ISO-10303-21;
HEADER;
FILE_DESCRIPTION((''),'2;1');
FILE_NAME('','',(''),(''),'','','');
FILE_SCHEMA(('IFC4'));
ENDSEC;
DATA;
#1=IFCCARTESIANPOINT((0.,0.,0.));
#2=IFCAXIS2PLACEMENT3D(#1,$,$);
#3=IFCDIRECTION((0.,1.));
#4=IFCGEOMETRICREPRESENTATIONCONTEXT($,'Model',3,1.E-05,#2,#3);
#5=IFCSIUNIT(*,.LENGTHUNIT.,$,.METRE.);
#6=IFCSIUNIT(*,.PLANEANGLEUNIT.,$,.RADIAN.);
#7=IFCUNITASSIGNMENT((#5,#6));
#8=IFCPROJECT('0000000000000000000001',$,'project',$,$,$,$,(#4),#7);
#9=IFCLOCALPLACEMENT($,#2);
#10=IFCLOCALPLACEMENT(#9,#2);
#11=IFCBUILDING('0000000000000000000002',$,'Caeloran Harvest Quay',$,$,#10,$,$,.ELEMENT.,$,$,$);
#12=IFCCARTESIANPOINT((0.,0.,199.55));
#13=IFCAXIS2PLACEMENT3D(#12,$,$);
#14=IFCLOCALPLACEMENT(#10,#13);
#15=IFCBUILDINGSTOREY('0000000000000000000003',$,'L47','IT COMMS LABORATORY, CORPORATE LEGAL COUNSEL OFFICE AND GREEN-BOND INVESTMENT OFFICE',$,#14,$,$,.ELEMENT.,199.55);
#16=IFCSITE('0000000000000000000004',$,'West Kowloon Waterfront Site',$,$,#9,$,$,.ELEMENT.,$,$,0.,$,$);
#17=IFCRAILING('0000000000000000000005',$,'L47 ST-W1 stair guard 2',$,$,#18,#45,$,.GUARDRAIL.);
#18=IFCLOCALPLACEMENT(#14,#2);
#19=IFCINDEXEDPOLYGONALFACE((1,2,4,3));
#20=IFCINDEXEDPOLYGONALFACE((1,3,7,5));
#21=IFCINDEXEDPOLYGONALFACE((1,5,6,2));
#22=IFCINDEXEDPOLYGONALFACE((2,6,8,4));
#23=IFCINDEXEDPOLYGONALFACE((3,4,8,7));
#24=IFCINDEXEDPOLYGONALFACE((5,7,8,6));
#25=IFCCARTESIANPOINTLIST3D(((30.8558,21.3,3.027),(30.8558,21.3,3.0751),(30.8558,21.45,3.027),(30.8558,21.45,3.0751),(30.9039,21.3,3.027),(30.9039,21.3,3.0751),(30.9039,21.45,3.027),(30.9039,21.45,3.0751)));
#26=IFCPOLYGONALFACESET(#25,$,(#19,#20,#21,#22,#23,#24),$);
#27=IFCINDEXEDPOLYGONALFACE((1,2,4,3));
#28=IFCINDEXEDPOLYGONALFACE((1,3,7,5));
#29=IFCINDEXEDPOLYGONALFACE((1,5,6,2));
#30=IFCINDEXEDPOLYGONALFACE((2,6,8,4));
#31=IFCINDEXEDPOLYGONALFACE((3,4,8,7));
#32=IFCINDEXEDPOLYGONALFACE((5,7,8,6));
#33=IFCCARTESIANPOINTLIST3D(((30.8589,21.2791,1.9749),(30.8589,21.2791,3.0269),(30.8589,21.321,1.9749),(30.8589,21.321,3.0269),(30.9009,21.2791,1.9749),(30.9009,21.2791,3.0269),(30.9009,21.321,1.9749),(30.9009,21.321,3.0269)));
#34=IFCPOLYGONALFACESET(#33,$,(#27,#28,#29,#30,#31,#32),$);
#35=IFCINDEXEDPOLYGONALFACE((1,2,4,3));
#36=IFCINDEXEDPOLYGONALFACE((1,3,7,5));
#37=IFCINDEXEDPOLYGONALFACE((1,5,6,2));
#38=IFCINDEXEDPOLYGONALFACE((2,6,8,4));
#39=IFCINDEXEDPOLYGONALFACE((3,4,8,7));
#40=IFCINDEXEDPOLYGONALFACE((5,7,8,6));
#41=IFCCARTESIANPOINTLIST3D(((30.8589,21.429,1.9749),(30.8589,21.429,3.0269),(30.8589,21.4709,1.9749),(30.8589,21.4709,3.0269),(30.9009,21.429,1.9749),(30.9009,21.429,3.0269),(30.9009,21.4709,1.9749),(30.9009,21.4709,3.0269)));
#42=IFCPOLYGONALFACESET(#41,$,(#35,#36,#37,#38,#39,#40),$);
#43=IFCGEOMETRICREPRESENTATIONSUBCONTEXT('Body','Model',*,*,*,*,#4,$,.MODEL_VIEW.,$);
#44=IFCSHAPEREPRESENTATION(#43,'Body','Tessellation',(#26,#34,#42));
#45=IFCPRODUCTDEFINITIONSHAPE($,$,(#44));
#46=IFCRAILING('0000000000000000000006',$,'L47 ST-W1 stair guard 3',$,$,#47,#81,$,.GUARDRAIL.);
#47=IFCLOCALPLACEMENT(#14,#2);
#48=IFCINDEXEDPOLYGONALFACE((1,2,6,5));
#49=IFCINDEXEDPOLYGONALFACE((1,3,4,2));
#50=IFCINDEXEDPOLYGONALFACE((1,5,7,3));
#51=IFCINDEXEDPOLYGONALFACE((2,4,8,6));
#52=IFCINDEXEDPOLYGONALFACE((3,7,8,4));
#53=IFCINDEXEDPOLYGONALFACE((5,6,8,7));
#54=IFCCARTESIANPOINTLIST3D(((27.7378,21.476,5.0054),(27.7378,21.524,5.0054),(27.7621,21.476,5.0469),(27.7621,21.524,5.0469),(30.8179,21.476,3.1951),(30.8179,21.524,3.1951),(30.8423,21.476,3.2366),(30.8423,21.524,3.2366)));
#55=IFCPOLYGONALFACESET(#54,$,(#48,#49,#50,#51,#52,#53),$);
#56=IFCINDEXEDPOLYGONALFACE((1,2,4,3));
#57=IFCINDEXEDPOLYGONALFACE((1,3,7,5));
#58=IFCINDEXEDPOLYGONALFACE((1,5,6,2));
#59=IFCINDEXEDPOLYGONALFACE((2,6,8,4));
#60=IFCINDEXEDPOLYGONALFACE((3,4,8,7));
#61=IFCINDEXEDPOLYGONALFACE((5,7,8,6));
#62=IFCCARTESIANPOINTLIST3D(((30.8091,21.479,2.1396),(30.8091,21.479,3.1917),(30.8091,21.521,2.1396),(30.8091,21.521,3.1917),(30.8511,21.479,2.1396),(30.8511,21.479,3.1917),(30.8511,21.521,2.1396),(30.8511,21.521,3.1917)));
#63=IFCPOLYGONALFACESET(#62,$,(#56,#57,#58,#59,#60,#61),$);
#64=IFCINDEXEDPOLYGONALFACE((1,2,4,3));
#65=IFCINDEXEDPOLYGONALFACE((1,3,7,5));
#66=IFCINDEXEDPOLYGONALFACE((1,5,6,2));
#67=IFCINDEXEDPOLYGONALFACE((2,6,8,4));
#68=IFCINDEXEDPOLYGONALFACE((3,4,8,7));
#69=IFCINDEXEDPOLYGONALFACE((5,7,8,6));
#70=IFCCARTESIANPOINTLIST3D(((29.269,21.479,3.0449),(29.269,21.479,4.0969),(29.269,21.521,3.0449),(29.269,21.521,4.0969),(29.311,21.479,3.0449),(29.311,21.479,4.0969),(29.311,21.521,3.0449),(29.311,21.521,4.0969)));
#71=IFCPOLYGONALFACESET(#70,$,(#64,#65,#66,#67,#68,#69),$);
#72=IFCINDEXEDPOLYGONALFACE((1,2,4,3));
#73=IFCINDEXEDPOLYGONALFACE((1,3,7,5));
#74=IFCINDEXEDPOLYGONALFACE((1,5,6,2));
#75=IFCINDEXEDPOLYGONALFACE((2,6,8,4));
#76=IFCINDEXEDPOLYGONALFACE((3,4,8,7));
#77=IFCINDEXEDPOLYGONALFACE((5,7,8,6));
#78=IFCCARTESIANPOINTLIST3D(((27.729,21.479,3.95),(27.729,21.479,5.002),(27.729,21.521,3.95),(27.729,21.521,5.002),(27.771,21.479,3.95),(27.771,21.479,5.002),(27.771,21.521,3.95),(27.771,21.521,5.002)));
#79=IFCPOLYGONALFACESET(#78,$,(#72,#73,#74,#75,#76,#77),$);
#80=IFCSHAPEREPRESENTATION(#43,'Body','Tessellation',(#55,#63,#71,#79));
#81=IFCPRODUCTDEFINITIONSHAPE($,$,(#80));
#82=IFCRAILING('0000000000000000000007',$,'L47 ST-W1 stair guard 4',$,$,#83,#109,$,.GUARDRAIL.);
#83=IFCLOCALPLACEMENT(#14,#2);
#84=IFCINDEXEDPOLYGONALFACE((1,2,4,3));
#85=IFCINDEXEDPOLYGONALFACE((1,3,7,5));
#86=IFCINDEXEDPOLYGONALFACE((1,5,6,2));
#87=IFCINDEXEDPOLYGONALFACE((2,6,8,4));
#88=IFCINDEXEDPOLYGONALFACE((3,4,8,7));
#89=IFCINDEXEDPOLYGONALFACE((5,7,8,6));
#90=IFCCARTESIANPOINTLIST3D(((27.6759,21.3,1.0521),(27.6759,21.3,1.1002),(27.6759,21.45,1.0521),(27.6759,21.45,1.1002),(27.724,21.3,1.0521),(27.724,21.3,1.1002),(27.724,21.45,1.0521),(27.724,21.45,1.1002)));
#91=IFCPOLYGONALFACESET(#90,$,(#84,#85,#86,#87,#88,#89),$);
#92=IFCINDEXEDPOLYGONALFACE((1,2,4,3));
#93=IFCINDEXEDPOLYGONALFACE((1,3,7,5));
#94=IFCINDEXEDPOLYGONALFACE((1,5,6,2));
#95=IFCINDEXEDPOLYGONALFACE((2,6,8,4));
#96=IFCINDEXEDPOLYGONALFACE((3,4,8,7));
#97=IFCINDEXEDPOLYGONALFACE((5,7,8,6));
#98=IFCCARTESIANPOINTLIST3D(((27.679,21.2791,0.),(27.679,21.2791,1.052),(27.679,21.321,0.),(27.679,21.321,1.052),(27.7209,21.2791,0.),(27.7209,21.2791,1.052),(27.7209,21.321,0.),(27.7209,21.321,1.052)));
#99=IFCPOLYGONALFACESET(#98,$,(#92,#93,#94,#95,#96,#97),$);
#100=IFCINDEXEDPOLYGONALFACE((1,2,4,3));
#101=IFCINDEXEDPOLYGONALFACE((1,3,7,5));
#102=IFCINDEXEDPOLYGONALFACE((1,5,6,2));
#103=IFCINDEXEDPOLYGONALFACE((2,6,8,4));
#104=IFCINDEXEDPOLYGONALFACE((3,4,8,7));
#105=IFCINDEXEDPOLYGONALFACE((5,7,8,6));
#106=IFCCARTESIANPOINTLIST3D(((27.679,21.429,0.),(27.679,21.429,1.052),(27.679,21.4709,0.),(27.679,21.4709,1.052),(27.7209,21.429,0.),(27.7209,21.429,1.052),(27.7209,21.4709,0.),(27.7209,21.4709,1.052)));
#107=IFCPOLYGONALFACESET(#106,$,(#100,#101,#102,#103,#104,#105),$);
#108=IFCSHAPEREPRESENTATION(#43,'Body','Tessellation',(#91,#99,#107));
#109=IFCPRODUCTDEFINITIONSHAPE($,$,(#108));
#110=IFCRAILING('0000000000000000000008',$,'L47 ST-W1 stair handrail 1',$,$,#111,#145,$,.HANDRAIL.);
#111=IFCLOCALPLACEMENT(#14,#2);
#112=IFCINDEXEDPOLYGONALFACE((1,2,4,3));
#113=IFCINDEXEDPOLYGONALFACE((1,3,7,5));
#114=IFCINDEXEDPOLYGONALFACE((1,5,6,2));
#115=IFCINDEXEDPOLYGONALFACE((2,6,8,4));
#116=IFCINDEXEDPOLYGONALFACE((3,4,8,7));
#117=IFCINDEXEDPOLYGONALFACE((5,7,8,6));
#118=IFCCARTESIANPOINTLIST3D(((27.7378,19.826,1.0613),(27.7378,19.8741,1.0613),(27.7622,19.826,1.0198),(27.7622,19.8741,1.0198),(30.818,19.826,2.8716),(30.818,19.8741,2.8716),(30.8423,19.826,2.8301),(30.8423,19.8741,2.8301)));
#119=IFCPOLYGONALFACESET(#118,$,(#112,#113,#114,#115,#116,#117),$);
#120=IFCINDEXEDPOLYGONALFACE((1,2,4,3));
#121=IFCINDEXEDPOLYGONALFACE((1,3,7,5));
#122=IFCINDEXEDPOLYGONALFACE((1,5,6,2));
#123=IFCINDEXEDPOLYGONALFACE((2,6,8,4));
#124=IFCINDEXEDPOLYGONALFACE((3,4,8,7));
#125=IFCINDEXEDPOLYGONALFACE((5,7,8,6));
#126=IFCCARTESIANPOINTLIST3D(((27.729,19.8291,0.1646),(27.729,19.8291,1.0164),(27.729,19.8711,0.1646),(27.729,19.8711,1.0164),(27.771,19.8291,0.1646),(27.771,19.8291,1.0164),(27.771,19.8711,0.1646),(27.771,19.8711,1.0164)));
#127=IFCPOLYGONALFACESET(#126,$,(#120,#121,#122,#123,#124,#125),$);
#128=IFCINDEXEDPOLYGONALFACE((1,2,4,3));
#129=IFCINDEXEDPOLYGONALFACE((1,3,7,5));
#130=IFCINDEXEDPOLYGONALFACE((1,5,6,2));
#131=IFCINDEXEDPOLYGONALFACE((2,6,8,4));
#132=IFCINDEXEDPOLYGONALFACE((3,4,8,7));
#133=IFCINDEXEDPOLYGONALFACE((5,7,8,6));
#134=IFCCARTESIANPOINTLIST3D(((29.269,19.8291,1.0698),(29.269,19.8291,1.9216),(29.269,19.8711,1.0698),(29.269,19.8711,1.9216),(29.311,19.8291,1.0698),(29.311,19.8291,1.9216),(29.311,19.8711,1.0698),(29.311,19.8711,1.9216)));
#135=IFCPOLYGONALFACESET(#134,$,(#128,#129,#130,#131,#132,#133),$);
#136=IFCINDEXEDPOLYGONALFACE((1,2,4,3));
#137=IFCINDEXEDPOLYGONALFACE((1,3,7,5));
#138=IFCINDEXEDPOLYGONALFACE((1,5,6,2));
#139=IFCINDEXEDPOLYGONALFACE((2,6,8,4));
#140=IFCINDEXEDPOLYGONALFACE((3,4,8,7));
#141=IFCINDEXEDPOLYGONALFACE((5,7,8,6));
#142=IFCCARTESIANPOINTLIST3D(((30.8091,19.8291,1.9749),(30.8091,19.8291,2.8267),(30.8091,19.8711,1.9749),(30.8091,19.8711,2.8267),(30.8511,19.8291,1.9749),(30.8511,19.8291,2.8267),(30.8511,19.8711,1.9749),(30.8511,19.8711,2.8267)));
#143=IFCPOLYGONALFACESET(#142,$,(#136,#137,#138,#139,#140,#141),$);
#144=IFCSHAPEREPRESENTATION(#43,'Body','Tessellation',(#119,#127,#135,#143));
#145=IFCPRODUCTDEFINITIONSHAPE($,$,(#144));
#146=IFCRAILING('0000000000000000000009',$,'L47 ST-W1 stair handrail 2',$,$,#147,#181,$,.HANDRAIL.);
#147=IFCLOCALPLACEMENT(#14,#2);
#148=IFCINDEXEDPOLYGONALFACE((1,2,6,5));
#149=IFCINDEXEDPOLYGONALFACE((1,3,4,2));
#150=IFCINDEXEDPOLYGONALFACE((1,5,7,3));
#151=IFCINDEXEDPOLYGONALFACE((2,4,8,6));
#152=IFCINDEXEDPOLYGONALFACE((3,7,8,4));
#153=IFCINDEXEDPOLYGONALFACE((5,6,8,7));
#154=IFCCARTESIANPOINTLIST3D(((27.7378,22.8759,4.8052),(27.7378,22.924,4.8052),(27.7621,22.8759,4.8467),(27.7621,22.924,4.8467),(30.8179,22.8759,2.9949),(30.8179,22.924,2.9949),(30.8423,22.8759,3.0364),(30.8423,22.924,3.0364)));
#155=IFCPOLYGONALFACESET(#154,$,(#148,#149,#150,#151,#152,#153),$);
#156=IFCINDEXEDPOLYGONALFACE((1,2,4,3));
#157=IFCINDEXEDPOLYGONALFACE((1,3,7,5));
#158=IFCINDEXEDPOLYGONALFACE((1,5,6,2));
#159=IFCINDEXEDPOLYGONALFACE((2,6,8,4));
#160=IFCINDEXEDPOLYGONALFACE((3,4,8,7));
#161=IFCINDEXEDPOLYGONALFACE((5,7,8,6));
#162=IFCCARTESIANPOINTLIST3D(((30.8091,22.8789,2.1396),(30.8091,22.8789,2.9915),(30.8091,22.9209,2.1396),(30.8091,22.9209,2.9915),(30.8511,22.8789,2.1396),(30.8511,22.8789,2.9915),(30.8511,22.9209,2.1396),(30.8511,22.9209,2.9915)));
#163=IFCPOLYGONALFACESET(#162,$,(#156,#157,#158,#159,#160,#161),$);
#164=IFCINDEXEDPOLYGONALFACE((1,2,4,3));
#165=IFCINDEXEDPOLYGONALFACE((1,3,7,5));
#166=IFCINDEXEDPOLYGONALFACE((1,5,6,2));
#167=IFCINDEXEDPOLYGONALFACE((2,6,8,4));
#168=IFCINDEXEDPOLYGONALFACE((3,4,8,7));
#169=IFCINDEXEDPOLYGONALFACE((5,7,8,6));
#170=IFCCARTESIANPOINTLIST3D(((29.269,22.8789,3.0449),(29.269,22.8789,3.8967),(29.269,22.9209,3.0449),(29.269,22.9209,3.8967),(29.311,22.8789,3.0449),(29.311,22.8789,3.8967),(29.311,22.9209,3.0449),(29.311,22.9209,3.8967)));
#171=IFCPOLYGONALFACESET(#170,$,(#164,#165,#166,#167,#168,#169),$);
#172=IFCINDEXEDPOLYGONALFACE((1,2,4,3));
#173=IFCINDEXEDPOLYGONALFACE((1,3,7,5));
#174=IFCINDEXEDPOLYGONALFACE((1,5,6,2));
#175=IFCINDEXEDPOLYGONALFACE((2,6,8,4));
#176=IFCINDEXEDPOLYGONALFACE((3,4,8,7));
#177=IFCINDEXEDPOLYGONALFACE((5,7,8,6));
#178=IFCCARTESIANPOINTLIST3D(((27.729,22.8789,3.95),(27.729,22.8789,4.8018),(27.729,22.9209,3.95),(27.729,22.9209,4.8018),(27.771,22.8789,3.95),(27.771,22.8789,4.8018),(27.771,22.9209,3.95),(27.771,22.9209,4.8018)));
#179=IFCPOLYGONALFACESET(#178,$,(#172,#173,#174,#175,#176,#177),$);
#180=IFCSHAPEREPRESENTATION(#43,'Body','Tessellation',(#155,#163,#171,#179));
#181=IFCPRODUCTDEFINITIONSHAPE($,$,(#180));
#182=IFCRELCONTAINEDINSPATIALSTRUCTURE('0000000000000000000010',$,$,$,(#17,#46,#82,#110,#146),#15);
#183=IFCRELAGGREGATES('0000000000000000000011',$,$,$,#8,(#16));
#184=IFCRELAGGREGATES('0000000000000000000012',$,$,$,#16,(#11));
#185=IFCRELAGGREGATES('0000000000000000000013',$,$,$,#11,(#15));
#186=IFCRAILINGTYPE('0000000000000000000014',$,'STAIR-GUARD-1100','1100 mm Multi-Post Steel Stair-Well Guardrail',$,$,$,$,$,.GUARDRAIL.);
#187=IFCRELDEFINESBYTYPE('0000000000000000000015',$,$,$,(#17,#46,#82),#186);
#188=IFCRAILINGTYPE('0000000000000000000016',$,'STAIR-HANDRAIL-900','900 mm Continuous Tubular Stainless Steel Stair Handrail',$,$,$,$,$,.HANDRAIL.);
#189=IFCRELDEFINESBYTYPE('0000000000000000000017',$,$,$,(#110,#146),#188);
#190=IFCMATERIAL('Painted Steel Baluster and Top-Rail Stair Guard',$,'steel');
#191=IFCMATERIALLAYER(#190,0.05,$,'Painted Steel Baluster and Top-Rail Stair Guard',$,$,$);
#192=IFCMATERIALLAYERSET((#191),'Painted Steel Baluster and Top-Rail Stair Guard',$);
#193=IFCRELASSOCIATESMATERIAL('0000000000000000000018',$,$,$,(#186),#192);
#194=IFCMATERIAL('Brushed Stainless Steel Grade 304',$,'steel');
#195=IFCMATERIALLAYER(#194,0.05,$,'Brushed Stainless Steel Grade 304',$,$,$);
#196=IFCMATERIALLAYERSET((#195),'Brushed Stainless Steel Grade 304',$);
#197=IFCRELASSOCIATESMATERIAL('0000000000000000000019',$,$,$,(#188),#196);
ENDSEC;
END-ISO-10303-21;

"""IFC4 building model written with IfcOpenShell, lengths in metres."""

from ifc_helpers import new_model, si_unit, direction, frame, origin, origin_2d, place, context, subcontext, project, spatial, rectangle, extrude, material, layer, layer_set, type_object, element, save


model = new_model("IFC4")

# Units and contexts
model_context = context("Model", 3, precision=1e-05, world=origin(), true_north=direction((0.0, 1.0)))
body_context = subcontext(model_context, "Body", "Model", "MODEL_VIEW")
ifc_project = project(units=[si_unit("LENGTHUNIT", "METRE"), si_unit("PLANEANGLEUNIT", "RADIAN")], contexts=[model_context])

# Site, building, storey
site_placement = place(None, origin())
site = spatial("IfcSite", under=ifc_project, at=site_placement, Name="West Kowloon Waterfront Site", CompositionType="ELEMENT", RefElevation=0.0)
building_placement = place(site_placement, origin())
building = spatial("IfcBuilding", under=site, at=building_placement, Name="Caeloran Harvest Quay", CompositionType="ELEMENT")
storey_placement = place(building_placement, frame((0.0, 0.0, 199.55)))
storey = spatial("IfcBuildingStorey", under=building, at=storey_placement, Name="L47", Description="IT COMMS LABORATORY, CORPORATE LEGAL COUNSEL OFFICE AND GREEN-BOND INVESTMENT OFFICE", CompositionType="ELEMENT", Elevation=199.55)

# Railings
ifc_material_1 = material(Name="Painted Steel Baluster and Top-Rail Stair Guard", Category="steel")
ifc_layer_1 = layer(ifc_material_1, 0.05, Name="Painted Steel Baluster and Top-Rail Stair Guard")
ifc_layer_set_1 = layer_set([ifc_layer_1], Name="Painted Steel Baluster and Top-Rail Stair Guard")
railing_type_1 = type_object("IfcRailingType", Name="STAIR-GUARD-1100", Description="1100 mm Multi-Post Steel Stair-Well Guardrail", PredefinedType="GUARDRAIL", material=ifc_layer_set_1)
railing_1_placement = place(storey_placement, frame((30.8799, 21.3, 1.9749)))
element("IfcRailing", 1, at=railing_1_placement, inside=storey, type_object=railing_type_1, Name="L47 ST-W1 stair guard 2", PredefinedType="GUARDRAIL", context=body_context, shape_type="SweptSolid", body=[
    extrude(rectangle(XDim=0.0481, YDim=0.0481, at=origin_2d()), frame((0.0, 0.0, 1.0762), z_axis=(0.0, 1.0, 0.0), x_axis=(-1.0, 0.0, 0.0)), (0.0, 0.0, 1.0), 0.1499),
    extrude(rectangle(XDim=0.042, YDim=0.042, at=origin_2d()), origin(), (0.0, 0.0, 1.0), 1.052),
    extrude(rectangle(XDim=0.042, YDim=0.042, at=origin_2d()), frame((0.0, 0.1499, 0.0)), (0.0, 0.0, 1.0), 1.052),
])
railing_2_placement = place(storey_placement, frame((30.8301, 21.5, 2.1396)))
element("IfcRailing", 2, at=railing_2_placement, inside=storey, type_object=railing_type_1, Name="L47 ST-W1 stair guard 3", PredefinedType="GUARDRAIL", context=body_context, shape_type="SweptSolid", body=[
    extrude(rectangle(XDim=0.0481, YDim=0.0481, at=origin_2d()), frame((0.0, 0.0, 1.0762), z_axis=(-0.862119, 0.0, 0.506707), x_axis=(0.0, -1.0, 0.0)), (0.0, 0.0, 1.0), 3.5728),
    extrude(rectangle(XDim=0.042, YDim=0.042, at=origin_2d()), origin(), (0.0, 0.0, 1.0), 1.052),
    extrude(rectangle(XDim=0.042, YDim=0.042, at=origin_2d()), frame((-1.54, 0.0, 0.9053)), (0.0, 0.0, 1.0), 1.052),
    extrude(rectangle(XDim=0.042, YDim=0.042, at=origin_2d()), frame((-3.0801, 0.0, 1.8103)), (0.0, 0.0, 1.0), 1.052),
])
railing_3_placement = place(storey_placement, frame((27.7, 21.3, 0.0)))
element("IfcRailing", 3, at=railing_3_placement, inside=storey, type_object=railing_type_1, Name="L47 ST-W1 stair guard 4", PredefinedType="GUARDRAIL", context=body_context, shape_type="SweptSolid", body=[
    extrude(rectangle(XDim=0.0481, YDim=0.0481, at=origin_2d()), frame((0.0, 0.0, 1.0762), z_axis=(0.0, 1.0, 0.0), x_axis=(-1.0, 0.0, 0.0)), (0.0, 0.0, 1.0), 0.1499),
    extrude(rectangle(XDim=0.042, YDim=0.042, at=origin_2d()), origin(), (0.0, 0.0, 1.0), 1.052),
    extrude(rectangle(XDim=0.042, YDim=0.042, at=origin_2d()), frame((0.0, 0.1499, 0.0)), (0.0, 0.0, 1.0), 1.052),
])
ifc_material_2 = material(Name="Brushed Stainless Steel Grade 304", Category="steel")
ifc_layer_2 = layer(ifc_material_2, 0.05, Name="Brushed Stainless Steel Grade 304")
ifc_layer_set_2 = layer_set([ifc_layer_2], Name="Brushed Stainless Steel Grade 304")
railing_type_2 = type_object("IfcRailingType", Name="STAIR-HANDRAIL-900", Description="900 mm Continuous Tubular Stainless Steel Stair Handrail", PredefinedType="HANDRAIL", material=ifc_layer_set_2)
railing_4_placement = place(storey_placement, frame((27.75, 19.8501, 0.1646)))
element("IfcRailing", 4, at=railing_4_placement, inside=storey, type_object=railing_type_2, Name="L47 ST-W1 stair handrail 1", PredefinedType="HANDRAIL", context=body_context, shape_type="SweptSolid", body=[
    extrude(rectangle(XDim=0.0481, YDim=0.0481, at=origin_2d()), frame((0.0, 0.0, 0.876), z_axis=(0.862119, 0.0, 0.506707), x_axis=(0.0, 1.0, 0.0)), (0.0, 0.0, 1.0), 3.5728),
    extrude(rectangle(XDim=0.042, YDim=0.042, at=origin_2d()), origin(), (0.0, 0.0, 1.0), 0.8518),
    extrude(rectangle(XDim=0.042, YDim=0.042, at=origin_2d()), frame((1.54, 0.0, 0.9053)), (0.0, 0.0, 1.0), 0.8518),
    extrude(rectangle(XDim=0.042, YDim=0.042, at=origin_2d()), frame((3.0801, 0.0, 1.8103)), (0.0, 0.0, 1.0), 0.8518),
])
railing_5_placement = place(storey_placement, frame((30.8301, 22.8999, 2.1396)))
element("IfcRailing", 5, at=railing_5_placement, inside=storey, type_object=railing_type_2, Name="L47 ST-W1 stair handrail 2", PredefinedType="HANDRAIL", context=body_context, shape_type="SweptSolid", body=[
    extrude(rectangle(XDim=0.0481, YDim=0.0481, at=origin_2d()), frame((0.0, 0.0, 0.876), z_axis=(-0.862119, 0.0, 0.506707), x_axis=(0.0, -1.0, 0.0)), (0.0, 0.0, 1.0), 3.5728),
    extrude(rectangle(XDim=0.042, YDim=0.042, at=origin_2d()), origin(), (0.0, 0.0, 1.0), 0.8518),
    extrude(rectangle(XDim=0.042, YDim=0.042, at=origin_2d()), frame((-1.54, 0.0, 0.9053)), (0.0, 0.0, 1.0), 0.8518),
    extrude(rectangle(XDim=0.042, YDim=0.042, at=origin_2d()), frame((-3.0801, 0.0, 1.8103)), (0.0, 0.0, 1.0), 0.8518),
])

save(model, "model.ifc")
